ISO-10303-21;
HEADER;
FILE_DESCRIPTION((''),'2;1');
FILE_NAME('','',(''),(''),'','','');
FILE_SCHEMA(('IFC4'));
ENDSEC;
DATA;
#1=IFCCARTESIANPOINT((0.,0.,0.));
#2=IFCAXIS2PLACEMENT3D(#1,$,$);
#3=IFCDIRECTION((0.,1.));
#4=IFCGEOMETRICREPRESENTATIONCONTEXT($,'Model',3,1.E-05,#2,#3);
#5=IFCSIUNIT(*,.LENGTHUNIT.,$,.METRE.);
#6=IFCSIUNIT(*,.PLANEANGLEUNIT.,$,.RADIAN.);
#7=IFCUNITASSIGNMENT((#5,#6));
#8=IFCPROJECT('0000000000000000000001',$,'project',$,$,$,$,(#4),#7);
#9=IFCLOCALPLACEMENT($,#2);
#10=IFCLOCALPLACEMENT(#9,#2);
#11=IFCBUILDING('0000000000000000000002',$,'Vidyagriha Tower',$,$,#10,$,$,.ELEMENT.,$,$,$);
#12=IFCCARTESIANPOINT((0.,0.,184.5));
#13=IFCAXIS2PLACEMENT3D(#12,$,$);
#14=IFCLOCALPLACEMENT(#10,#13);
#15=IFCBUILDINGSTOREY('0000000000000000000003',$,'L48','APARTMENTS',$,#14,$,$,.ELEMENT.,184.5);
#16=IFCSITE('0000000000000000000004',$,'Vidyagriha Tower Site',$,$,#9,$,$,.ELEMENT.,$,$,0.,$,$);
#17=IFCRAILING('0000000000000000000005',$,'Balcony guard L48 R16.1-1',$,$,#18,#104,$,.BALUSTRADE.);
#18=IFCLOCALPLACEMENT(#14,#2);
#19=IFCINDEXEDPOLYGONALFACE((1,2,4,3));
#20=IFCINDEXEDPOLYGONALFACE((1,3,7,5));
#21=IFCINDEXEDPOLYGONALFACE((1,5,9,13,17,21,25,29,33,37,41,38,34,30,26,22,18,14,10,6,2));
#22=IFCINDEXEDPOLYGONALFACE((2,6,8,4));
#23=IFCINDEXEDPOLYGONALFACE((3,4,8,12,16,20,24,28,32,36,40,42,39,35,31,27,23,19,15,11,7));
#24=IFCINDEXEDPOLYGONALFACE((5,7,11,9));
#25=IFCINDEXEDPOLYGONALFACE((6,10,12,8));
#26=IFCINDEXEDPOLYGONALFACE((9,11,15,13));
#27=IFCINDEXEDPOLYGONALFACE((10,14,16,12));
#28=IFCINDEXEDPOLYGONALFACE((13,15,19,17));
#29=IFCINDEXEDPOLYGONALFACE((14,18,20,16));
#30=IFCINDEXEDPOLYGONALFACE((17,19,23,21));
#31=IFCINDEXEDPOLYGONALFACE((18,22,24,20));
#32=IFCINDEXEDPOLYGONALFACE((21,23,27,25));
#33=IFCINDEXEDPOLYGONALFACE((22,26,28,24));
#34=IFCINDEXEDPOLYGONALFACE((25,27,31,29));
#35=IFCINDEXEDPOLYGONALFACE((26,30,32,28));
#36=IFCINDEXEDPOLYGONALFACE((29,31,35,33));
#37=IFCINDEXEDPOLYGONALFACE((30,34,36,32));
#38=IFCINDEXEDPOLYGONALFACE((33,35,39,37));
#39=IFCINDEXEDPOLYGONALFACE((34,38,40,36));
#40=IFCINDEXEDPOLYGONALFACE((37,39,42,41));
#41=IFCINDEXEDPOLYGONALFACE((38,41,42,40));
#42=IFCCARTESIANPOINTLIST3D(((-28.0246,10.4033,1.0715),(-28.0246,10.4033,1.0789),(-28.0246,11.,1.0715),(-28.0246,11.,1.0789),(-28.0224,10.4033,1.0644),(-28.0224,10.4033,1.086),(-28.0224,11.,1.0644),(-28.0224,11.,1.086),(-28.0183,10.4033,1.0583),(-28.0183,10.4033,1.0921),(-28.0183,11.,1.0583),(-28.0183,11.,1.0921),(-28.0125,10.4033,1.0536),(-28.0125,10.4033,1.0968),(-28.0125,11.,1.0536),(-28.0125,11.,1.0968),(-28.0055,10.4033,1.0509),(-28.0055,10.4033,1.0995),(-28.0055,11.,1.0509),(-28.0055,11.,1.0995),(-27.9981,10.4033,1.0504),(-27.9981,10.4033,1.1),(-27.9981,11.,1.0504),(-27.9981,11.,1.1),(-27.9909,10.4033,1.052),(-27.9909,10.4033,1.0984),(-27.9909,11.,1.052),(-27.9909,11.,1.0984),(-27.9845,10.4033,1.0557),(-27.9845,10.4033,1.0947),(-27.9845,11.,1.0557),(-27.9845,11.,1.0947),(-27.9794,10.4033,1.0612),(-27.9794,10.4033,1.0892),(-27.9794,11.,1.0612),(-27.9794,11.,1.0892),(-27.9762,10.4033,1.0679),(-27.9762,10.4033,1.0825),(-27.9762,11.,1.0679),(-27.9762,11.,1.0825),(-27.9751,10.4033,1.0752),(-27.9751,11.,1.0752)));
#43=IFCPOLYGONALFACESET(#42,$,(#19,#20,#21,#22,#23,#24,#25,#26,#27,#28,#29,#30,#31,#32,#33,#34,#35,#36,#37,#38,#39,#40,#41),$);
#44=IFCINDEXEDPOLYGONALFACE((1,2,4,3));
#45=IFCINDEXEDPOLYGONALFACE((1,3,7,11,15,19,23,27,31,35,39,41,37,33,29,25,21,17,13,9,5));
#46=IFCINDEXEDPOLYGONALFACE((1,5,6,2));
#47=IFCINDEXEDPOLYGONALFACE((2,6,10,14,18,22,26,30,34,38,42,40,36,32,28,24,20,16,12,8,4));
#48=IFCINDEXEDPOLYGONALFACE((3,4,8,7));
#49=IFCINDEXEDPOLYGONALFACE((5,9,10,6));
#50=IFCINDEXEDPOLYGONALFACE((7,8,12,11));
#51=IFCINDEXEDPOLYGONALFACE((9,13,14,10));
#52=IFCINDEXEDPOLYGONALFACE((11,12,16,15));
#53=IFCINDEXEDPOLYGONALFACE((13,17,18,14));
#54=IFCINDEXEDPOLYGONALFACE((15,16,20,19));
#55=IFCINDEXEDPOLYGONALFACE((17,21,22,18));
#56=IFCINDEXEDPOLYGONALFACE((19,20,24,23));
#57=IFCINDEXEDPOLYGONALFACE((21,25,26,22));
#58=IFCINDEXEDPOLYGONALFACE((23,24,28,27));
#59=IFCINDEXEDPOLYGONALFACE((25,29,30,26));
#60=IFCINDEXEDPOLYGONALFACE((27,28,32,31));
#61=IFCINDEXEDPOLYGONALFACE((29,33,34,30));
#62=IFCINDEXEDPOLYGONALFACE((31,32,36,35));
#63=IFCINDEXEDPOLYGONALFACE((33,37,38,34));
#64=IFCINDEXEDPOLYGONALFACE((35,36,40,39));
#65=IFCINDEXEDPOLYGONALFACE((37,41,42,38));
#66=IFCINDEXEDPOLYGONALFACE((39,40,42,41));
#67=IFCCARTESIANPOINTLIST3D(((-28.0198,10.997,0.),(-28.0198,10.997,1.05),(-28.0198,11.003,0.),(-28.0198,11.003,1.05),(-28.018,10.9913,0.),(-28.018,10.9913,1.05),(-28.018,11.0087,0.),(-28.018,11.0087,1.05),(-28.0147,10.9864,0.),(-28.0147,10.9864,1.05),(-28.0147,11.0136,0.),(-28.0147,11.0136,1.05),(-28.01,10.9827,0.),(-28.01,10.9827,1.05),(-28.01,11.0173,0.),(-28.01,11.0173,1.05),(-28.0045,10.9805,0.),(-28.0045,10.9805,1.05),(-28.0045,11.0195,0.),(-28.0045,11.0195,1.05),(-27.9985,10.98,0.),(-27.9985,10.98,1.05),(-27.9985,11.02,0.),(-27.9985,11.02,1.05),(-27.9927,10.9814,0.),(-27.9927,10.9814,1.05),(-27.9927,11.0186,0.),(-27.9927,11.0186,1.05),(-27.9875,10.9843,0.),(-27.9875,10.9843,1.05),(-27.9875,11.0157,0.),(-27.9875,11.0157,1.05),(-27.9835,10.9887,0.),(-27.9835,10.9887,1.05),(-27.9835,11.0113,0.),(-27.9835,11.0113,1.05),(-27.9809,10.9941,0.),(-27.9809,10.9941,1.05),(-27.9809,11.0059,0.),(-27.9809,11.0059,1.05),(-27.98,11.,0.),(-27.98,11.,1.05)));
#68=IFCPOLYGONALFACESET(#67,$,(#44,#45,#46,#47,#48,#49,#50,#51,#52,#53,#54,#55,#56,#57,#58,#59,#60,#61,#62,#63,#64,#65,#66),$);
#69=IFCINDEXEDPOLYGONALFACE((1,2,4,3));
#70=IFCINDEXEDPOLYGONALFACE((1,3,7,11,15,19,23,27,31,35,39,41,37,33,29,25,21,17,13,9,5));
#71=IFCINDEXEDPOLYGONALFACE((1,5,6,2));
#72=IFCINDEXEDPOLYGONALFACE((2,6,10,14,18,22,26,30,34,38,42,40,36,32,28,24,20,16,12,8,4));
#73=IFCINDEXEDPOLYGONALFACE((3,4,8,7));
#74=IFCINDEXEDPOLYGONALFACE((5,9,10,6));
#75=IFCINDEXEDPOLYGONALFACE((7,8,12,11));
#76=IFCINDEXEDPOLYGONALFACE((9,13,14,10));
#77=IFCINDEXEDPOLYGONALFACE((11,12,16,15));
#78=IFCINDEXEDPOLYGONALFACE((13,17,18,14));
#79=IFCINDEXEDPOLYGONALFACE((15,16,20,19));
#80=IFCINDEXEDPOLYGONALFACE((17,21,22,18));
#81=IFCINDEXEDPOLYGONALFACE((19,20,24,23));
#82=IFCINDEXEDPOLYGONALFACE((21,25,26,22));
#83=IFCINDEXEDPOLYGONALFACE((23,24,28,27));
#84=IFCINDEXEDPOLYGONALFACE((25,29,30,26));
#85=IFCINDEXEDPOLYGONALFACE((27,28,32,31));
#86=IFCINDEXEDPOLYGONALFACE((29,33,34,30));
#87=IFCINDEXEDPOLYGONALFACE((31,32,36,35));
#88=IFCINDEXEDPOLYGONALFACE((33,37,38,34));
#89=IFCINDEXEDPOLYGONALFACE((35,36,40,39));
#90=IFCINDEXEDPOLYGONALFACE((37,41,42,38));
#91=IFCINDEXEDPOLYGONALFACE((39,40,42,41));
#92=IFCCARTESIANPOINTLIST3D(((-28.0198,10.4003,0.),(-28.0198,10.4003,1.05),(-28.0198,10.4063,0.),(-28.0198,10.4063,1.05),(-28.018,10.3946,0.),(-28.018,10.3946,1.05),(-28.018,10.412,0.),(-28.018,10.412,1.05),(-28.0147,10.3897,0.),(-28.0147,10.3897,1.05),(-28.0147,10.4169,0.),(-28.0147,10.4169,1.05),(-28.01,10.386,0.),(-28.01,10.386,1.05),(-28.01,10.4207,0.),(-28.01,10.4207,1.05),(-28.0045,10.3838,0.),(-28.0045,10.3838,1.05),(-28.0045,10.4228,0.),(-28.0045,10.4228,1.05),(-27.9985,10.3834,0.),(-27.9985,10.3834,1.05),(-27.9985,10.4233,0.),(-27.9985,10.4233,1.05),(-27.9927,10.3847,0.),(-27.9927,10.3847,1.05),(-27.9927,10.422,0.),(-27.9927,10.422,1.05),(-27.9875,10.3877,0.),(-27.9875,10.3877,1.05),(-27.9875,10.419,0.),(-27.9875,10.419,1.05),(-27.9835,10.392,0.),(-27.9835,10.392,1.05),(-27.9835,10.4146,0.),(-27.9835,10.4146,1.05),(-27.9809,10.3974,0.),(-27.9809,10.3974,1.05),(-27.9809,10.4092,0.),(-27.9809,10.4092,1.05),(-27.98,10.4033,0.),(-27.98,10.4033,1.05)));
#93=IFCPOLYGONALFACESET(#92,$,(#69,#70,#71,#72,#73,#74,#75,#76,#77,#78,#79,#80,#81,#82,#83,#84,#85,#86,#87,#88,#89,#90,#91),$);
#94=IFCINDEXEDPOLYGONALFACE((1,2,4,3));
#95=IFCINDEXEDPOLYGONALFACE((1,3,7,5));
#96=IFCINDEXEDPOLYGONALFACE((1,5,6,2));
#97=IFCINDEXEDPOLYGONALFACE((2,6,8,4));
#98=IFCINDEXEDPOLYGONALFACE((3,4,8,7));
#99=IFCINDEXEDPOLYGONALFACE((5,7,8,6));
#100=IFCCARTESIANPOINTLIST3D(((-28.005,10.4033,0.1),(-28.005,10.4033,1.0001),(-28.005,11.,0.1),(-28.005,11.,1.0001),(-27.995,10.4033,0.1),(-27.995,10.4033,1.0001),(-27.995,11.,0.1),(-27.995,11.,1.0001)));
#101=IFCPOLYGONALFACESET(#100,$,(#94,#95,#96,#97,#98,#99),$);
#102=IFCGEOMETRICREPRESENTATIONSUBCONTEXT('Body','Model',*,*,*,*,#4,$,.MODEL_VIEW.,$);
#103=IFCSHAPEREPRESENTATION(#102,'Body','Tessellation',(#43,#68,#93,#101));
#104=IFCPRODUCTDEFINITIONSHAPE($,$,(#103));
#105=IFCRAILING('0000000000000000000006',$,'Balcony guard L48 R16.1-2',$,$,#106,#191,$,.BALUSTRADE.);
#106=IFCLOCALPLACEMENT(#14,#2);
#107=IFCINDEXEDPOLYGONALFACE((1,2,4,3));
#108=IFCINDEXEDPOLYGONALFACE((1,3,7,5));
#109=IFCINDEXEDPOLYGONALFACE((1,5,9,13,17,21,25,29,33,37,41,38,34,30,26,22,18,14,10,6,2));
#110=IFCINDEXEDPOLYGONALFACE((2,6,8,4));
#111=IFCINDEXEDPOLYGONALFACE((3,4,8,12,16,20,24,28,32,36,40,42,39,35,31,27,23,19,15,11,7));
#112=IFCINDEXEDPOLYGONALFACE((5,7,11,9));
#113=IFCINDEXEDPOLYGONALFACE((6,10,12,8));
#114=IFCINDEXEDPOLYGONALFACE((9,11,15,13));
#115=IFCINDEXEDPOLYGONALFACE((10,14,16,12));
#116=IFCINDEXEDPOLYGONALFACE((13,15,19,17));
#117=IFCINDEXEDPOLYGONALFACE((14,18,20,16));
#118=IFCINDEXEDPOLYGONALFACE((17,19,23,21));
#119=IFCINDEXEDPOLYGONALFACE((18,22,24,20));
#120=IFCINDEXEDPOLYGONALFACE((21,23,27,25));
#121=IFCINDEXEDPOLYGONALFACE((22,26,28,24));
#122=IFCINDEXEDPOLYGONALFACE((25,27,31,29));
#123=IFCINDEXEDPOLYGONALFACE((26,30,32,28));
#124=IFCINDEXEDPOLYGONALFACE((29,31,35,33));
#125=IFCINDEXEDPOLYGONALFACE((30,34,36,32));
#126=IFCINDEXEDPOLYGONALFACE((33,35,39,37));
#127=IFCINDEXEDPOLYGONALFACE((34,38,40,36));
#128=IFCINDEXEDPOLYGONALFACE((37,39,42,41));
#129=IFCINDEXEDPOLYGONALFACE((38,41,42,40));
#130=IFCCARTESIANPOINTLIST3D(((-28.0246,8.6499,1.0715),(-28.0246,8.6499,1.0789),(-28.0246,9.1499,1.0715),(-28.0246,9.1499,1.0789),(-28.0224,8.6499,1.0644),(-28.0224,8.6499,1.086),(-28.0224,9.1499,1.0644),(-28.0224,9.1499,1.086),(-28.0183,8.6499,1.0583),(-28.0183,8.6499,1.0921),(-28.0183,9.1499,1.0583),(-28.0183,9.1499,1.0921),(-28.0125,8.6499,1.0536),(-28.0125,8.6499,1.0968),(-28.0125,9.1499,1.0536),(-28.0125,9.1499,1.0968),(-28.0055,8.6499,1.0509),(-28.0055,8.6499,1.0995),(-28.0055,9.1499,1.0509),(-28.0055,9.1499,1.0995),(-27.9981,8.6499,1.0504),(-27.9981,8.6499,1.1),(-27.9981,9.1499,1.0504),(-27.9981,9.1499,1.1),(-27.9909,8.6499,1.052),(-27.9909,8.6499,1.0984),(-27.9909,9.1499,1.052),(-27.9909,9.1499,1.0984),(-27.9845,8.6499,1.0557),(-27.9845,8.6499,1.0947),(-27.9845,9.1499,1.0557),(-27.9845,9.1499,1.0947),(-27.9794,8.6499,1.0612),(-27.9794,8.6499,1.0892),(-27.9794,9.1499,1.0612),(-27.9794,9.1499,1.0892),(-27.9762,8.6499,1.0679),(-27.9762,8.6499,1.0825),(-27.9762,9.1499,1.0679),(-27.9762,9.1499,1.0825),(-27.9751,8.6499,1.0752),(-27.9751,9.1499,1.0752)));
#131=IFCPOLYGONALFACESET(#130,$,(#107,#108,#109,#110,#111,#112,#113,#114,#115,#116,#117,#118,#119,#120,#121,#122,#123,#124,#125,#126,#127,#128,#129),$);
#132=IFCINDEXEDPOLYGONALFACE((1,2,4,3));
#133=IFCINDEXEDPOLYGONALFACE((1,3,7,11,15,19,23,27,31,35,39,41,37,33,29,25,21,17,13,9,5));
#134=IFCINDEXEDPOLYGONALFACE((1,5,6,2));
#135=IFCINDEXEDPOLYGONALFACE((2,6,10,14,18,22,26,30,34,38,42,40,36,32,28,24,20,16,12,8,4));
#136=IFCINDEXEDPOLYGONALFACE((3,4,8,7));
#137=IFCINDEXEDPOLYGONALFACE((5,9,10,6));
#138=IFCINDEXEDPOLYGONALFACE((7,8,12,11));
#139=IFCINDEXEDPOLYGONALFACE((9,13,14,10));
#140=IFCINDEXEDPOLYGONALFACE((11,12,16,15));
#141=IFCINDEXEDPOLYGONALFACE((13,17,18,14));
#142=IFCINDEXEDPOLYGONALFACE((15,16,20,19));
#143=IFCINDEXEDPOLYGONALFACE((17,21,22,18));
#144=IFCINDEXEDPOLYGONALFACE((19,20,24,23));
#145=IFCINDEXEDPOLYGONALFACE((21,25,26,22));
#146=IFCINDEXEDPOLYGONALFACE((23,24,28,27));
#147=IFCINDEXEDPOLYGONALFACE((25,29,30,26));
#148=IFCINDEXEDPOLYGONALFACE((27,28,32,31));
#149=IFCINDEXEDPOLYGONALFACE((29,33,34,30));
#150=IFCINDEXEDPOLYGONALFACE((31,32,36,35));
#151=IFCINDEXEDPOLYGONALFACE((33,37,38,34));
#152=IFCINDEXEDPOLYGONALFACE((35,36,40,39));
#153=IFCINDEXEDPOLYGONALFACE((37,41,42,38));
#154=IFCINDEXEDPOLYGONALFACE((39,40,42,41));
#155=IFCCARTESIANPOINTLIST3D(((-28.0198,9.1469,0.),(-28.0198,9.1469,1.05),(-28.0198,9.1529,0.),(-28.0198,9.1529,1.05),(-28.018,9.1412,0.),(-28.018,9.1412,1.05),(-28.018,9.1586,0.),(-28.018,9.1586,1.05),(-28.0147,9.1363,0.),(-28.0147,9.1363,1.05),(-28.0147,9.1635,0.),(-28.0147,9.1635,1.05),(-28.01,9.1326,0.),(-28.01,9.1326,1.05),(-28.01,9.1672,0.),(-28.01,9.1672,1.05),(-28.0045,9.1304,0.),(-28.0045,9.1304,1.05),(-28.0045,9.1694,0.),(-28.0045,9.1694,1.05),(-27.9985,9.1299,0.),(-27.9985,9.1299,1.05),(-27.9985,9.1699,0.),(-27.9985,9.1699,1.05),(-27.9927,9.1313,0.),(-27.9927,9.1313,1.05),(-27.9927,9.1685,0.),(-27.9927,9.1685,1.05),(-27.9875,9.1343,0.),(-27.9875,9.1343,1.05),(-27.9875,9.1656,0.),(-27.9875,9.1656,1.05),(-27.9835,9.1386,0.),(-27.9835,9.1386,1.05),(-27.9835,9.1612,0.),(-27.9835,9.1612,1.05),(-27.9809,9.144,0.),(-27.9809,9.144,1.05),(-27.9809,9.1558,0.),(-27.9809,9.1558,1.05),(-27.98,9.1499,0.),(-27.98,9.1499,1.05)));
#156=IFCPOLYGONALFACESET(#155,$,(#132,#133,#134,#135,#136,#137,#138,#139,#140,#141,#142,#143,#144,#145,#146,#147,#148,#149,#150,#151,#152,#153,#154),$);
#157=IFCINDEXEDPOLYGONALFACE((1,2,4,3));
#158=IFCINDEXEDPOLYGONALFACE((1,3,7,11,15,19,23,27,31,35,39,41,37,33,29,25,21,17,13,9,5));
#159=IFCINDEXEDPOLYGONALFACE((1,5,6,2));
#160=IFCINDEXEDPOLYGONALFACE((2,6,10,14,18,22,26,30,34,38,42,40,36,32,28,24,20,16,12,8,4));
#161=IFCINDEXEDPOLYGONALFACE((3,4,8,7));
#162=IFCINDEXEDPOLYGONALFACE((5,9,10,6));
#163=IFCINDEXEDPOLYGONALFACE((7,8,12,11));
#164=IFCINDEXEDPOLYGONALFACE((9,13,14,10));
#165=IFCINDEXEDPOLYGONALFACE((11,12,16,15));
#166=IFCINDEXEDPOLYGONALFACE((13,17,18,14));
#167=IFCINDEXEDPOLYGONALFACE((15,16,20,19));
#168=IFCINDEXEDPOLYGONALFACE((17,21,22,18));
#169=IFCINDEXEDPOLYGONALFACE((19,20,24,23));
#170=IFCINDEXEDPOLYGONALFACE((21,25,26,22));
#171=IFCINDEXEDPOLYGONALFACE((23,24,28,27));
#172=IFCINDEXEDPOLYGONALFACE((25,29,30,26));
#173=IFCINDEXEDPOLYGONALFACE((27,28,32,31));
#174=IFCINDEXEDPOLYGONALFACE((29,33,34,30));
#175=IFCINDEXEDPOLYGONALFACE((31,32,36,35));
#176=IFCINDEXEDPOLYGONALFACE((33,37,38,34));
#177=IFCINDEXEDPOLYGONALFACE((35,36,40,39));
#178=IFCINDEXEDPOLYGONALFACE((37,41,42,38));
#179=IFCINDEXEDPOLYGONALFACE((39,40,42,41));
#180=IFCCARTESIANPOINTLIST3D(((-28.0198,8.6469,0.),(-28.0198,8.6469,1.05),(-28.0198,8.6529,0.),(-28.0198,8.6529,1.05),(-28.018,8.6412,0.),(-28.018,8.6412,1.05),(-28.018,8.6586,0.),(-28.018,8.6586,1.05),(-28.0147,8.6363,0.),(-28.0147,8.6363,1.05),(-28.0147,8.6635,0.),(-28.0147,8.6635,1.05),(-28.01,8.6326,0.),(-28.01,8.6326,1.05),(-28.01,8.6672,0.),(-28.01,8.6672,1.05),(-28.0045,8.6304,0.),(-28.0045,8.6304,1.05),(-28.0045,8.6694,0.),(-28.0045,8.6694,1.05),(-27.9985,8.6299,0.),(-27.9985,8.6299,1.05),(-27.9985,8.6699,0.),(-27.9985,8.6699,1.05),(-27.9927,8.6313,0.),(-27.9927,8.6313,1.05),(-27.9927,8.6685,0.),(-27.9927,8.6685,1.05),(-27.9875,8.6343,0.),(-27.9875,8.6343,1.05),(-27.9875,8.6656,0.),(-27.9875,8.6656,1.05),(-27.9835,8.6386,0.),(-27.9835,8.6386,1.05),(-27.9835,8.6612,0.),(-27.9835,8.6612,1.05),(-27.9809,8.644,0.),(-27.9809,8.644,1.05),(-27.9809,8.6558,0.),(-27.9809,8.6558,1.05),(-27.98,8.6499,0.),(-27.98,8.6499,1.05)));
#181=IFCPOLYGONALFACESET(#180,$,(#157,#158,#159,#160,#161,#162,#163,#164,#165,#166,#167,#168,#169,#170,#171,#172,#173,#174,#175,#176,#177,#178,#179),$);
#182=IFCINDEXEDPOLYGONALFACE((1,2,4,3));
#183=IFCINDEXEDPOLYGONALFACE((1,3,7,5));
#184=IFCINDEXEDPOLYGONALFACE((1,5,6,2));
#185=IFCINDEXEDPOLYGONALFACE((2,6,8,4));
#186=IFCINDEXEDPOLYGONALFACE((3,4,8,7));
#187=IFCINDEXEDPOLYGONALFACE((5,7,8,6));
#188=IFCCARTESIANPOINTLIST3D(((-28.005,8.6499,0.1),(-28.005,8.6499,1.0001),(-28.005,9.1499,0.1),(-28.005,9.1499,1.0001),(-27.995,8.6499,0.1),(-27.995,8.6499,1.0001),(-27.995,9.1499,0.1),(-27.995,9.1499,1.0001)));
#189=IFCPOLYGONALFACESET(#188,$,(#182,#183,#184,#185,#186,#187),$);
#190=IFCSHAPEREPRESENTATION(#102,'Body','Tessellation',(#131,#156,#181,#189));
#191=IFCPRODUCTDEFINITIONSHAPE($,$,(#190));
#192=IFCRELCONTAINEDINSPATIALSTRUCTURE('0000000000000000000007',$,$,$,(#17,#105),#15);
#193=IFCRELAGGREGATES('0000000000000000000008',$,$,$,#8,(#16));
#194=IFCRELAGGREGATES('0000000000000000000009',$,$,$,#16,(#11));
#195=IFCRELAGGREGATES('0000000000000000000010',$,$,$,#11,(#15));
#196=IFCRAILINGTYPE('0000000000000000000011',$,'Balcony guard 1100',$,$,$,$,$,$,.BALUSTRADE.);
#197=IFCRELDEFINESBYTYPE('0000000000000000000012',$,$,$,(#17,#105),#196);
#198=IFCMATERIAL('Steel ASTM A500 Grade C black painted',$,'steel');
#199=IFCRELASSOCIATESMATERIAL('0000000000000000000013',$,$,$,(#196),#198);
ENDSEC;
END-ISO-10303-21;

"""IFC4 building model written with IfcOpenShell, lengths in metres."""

from ifc_helpers import new_model, si_unit, direction, frame, origin, origin_2d, place, context, subcontext, project, spatial, rectangle, circle, extrude, material, type_object, element, save


model = new_model("IFC4")

# Units and contexts
model_context = context("Model", 3, precision=1e-05, world=origin(), true_north=direction((0.0, 1.0)))
body_context = subcontext(model_context, "Body", "Model", "MODEL_VIEW")
ifc_project = project(units=[si_unit("LENGTHUNIT", "METRE"), si_unit("PLANEANGLEUNIT", "RADIAN")], contexts=[model_context])

# Site, building, storey
site_placement = place(None, origin())
site = spatial("IfcSite", under=ifc_project, at=site_placement, Name="Vidyagriha Tower Site", CompositionType="ELEMENT", RefElevation=0.0)
building_placement = place(site_placement, origin())
building = spatial("IfcBuilding", under=site, at=building_placement, Name="Vidyagriha Tower", CompositionType="ELEMENT")
storey_placement = place(building_placement, frame((0.0, 0.0, 184.5)))
storey = spatial("IfcBuildingStorey", under=building, at=storey_placement, Name="L48", Description="APARTMENTS", CompositionType="ELEMENT", Elevation=184.5)

# Railings
ifc_material_1 = material(Name="Steel ASTM A500 Grade C black painted", Category="steel")
railing_type = type_object("IfcRailingType", Name="Balcony guard 1100", PredefinedType="BALUSTRADE", material=ifc_material_1)
railing_1_placement = place(storey_placement, frame((-28.0, 11.0, 0.0)))
element("IfcRailing", 1, at=railing_1_placement, inside=storey, type_object=railing_type, Name="Balcony guard L48 R16.1-1", PredefinedType="BALUSTRADE", context=body_context, shape_type="SweptSolid", body=[
    extrude(circle(Radius=0.0249, at=origin_2d()), frame((0.0, 0.0, 1.0752), z_axis=(0.0, -1.0, 0.0), x_axis=(1.0, 0.0, 0.0)), (0.0, 0.0, 1.0), 0.5967),
    extrude(circle(Radius=0.02, at=origin_2d()), origin(), (0.0, 0.0, 1.0), 1.05),
    extrude(circle(Radius=0.02, at=origin_2d()), frame((0.0, -0.5967, 0.0)), (0.0, 0.0, 1.0), 1.05),
    extrude(rectangle(XDim=0.01, YDim=0.9001, at=origin_2d()), frame((0.0, 0.0, 0.55), z_axis=(0.0, -1.0, 0.0), x_axis=(1.0, 0.0, 0.0)), (0.0, 0.0, 1.0), 0.5967),
])
railing_2_placement = place(storey_placement, frame((-28.0, 9.1499, 0.0)))
element("IfcRailing", 2, at=railing_2_placement, inside=storey, type_object=railing_type, Name="Balcony guard L48 R16.1-2", PredefinedType="BALUSTRADE", context=body_context, shape_type="SweptSolid", body=[
    extrude(circle(Radius=0.0249, at=origin_2d()), frame((0.0, 0.0, 1.0752), z_axis=(0.0, -1.0, 0.0), x_axis=(1.0, 0.0, 0.0)), (0.0, 0.0, 1.0), 0.5),
    extrude(circle(Radius=0.02, at=origin_2d()), origin(), (0.0, 0.0, 1.0), 1.05),
    extrude(circle(Radius=0.02, at=origin_2d()), frame((0.0, -0.5, 0.0)), (0.0, 0.0, 1.0), 1.05),
    extrude(rectangle(XDim=0.01, YDim=0.9001, at=origin_2d()), frame((0.0, 0.0, 0.55), z_axis=(0.0, -1.0, 0.0), x_axis=(1.0, 0.0, 0.0)), (0.0, 0.0, 1.0), 0.5),
])

save(model, "model.ifc")
